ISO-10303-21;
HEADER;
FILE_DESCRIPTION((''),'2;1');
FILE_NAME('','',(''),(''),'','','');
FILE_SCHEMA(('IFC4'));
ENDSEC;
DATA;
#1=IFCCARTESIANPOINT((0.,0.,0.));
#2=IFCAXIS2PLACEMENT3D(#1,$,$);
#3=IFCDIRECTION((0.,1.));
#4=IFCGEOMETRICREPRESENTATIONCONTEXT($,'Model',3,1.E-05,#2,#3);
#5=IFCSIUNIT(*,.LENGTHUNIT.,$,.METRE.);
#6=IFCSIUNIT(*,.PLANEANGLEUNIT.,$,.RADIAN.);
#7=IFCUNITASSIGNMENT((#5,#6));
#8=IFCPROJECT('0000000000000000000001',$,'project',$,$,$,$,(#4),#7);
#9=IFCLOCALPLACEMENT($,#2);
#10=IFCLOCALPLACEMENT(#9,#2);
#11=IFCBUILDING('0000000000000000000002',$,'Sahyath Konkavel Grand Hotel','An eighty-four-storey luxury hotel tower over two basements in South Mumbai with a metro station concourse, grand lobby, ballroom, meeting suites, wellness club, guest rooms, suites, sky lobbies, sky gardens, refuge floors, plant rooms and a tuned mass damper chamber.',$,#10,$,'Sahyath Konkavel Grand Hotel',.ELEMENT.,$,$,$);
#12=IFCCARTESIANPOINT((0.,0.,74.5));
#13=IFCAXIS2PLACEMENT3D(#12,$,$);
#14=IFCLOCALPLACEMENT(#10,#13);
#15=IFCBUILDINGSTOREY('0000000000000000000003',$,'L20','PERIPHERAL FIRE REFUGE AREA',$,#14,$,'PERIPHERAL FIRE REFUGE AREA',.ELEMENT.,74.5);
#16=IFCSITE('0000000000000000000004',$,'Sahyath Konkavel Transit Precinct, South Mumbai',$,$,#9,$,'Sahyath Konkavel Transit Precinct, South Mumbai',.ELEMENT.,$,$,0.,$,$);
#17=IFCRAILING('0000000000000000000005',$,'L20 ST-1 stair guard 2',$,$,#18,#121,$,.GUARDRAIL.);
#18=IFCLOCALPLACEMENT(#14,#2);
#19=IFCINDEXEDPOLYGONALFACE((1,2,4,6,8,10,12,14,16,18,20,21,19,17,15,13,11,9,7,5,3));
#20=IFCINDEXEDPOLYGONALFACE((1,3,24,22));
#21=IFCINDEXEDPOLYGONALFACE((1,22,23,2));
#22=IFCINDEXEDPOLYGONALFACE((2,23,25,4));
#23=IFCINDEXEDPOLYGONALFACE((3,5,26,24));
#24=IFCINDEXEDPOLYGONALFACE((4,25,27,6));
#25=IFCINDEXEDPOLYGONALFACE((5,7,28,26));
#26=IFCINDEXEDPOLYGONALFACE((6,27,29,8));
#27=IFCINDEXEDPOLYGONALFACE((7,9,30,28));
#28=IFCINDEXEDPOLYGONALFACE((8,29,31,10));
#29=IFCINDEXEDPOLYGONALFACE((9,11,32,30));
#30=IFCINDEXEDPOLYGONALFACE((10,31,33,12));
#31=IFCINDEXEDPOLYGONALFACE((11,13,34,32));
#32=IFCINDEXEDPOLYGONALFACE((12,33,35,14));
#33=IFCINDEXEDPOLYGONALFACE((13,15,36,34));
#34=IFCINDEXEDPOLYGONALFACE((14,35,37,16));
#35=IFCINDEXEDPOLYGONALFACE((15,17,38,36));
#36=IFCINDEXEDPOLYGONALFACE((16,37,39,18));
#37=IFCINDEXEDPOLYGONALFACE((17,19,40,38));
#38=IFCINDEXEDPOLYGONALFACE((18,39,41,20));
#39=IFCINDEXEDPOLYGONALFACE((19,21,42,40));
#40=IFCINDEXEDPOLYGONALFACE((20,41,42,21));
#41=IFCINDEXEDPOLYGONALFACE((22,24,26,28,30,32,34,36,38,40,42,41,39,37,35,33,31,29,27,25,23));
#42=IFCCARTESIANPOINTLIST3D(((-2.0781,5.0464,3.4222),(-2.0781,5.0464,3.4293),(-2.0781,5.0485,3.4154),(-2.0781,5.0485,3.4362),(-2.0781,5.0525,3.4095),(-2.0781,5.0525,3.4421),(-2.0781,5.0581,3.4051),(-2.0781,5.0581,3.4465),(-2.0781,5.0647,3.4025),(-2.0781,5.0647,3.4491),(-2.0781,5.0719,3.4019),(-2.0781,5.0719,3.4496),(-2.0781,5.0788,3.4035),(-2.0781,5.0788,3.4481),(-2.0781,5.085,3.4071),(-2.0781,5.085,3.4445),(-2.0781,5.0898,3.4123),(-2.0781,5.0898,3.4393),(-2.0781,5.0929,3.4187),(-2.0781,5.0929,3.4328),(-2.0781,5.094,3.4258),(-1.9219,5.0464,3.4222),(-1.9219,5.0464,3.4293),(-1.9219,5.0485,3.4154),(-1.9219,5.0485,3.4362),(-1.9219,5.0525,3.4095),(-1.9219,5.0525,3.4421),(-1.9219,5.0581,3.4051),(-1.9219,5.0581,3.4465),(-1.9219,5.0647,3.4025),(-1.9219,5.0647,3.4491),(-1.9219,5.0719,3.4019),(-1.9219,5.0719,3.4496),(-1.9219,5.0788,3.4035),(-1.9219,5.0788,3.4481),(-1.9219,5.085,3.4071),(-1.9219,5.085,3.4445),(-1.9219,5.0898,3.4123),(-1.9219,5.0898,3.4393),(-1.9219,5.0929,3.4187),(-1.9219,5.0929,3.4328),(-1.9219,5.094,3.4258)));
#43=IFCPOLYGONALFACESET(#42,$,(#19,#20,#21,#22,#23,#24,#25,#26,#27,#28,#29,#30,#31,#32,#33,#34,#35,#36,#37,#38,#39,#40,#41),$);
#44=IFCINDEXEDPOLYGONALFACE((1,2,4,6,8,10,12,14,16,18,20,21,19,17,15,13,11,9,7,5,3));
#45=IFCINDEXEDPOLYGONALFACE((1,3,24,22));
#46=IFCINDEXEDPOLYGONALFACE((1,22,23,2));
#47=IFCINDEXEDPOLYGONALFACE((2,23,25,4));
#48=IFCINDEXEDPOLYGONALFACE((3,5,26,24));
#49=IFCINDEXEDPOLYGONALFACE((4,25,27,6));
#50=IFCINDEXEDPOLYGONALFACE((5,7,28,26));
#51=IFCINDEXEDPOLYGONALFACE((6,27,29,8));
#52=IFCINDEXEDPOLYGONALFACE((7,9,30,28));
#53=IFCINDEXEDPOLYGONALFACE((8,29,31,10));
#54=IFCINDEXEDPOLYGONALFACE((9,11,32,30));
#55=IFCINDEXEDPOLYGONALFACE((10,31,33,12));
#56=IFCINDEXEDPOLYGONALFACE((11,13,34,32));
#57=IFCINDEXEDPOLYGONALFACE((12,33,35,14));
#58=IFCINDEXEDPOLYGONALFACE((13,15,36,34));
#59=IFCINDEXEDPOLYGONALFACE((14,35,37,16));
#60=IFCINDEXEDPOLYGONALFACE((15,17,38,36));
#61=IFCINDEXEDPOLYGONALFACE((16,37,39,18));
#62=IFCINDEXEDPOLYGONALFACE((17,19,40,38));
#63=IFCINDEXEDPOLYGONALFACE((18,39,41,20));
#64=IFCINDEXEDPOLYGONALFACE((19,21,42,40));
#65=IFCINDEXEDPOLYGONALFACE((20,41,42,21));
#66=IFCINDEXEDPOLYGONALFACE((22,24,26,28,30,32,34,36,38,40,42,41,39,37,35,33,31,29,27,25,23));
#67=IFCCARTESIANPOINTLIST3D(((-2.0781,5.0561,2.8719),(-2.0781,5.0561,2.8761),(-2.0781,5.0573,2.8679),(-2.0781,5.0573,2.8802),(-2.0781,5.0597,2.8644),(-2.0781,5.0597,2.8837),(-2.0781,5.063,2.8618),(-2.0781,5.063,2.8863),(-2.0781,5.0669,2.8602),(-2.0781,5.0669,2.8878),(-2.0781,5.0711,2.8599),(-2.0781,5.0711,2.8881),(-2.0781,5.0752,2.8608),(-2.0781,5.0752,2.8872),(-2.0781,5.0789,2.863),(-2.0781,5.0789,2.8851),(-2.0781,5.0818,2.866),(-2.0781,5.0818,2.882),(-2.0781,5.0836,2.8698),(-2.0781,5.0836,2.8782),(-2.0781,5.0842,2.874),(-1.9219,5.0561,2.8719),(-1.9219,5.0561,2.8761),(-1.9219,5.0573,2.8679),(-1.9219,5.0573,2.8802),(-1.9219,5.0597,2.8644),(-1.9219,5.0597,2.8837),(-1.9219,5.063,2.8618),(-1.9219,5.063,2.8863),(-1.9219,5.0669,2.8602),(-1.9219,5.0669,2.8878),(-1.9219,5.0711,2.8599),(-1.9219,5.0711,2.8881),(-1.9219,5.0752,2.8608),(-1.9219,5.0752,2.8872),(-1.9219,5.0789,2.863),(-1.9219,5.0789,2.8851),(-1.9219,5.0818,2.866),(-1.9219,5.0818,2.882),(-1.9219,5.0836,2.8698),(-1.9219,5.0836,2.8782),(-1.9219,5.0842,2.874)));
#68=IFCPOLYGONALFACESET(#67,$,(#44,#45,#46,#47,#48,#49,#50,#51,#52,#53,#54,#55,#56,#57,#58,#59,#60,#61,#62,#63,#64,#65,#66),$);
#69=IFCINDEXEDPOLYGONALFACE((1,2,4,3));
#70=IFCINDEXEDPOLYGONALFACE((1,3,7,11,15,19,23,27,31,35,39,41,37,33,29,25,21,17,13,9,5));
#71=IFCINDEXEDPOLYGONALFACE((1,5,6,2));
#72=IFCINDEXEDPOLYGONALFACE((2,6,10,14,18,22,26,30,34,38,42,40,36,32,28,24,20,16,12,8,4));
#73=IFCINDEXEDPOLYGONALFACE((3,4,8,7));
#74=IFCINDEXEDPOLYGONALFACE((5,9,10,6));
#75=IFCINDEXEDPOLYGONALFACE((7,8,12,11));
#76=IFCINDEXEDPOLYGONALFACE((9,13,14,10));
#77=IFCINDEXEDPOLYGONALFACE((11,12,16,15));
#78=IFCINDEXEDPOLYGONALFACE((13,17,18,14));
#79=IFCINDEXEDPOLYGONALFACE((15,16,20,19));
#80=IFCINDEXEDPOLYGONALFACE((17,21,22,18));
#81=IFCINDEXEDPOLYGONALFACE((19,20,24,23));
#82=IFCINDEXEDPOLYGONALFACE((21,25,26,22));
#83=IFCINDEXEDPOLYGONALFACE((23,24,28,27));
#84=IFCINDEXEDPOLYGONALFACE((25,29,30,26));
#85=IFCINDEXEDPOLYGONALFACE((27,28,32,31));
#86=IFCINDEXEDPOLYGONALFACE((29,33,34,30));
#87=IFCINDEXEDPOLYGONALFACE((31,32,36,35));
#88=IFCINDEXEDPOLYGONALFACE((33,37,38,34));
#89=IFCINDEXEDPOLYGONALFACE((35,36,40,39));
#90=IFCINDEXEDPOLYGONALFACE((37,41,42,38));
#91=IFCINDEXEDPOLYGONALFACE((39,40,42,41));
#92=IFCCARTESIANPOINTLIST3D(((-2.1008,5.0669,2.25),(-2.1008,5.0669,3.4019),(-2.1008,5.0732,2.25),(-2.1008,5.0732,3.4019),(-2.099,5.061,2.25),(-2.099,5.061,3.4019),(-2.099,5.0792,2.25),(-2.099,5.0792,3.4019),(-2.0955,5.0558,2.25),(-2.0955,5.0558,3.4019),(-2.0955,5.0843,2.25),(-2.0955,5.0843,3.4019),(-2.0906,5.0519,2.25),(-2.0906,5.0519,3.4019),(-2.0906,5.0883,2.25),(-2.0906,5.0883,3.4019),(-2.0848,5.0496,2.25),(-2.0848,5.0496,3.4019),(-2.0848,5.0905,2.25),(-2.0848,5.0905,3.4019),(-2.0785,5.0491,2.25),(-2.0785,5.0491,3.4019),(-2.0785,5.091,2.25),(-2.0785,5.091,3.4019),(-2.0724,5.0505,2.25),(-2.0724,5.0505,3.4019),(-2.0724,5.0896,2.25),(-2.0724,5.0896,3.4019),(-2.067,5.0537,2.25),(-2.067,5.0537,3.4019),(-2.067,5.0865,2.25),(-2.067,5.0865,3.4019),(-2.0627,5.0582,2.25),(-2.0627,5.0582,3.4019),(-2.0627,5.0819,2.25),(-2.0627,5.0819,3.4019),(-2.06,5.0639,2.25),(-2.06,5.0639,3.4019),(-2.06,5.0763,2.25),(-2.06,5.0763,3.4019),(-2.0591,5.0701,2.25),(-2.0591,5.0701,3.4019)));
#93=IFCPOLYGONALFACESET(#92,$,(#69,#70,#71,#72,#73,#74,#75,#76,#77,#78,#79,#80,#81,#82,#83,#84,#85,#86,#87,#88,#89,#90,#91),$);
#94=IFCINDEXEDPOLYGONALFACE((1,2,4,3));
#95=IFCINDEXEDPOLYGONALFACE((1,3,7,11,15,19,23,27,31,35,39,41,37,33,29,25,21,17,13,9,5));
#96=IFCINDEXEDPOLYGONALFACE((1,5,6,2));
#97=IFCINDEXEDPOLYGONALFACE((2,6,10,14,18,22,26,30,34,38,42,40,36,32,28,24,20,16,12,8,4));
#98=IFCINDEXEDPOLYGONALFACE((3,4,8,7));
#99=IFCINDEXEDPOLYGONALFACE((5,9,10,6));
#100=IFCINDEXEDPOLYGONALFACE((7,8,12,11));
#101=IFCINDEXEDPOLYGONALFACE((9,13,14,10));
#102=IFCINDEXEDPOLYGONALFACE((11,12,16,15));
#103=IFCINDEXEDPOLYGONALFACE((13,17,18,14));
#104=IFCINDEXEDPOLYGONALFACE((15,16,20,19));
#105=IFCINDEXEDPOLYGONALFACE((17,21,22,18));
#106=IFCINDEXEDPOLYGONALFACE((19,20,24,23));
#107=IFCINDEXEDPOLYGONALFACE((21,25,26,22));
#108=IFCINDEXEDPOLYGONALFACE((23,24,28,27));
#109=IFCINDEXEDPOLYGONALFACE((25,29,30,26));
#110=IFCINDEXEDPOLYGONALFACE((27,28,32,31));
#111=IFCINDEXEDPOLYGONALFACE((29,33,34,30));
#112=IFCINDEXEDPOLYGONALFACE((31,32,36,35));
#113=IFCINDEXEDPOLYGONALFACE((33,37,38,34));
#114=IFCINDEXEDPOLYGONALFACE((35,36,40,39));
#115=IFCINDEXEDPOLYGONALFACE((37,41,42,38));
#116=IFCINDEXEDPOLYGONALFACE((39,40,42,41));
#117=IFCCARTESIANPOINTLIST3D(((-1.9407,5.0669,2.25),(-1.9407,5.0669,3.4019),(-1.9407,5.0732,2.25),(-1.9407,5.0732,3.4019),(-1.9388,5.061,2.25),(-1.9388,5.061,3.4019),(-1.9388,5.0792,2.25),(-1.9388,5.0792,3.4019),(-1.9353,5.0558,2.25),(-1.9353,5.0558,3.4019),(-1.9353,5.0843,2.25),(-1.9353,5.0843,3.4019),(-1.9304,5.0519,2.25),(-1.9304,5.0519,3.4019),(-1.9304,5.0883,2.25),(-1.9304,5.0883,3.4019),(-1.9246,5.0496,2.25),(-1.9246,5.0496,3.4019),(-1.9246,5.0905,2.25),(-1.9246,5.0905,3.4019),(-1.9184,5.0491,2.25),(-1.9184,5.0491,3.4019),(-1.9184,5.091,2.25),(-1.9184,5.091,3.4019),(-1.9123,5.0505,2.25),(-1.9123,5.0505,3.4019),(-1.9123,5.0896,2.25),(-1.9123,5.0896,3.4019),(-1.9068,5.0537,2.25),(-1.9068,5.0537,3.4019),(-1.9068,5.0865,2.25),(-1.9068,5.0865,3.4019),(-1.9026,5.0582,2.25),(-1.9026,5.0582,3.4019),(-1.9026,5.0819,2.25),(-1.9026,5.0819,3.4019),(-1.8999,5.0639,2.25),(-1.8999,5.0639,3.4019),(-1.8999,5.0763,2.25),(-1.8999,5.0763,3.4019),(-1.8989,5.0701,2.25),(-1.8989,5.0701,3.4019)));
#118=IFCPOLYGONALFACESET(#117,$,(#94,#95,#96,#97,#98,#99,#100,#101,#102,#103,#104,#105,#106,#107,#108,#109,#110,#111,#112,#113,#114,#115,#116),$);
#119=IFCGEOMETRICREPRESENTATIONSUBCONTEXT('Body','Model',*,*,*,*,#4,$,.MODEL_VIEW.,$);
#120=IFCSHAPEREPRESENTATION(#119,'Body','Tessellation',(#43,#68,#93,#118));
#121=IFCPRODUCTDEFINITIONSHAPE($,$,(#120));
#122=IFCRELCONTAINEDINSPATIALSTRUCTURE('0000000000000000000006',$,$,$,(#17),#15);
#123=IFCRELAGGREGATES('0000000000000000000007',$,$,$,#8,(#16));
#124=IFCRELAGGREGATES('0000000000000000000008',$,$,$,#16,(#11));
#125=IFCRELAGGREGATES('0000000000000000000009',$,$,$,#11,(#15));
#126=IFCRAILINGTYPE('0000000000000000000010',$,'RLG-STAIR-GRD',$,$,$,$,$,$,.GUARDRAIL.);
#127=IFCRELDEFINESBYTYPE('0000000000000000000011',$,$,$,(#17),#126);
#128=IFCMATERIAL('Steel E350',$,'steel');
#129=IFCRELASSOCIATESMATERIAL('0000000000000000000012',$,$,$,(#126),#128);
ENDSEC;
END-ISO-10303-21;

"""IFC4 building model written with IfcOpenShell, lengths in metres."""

from ifc_helpers import new_model, si_unit, direction, frame, origin, origin_2d, place, context, subcontext, project, spatial, circle, extrude, material, type_object, element, save


model = new_model("IFC4")

# Units and contexts
model_context = context("Model", 3, precision=1e-05, world=origin(), true_north=direction((0.0, 1.0)))
body_context = subcontext(model_context, "Body", "Model", "MODEL_VIEW")
ifc_project = project(units=[si_unit("LENGTHUNIT", "METRE"), si_unit("PLANEANGLEUNIT", "RADIAN")], contexts=[model_context])

# Site, building, storey
site_placement = place(None, origin())
site = spatial("IfcSite", under=ifc_project, at=site_placement, Name="Sahyath Konkavel Transit Precinct, South Mumbai", LongName="Sahyath Konkavel Transit Precinct, South Mumbai", CompositionType="ELEMENT", RefElevation=0.0)
building_placement = place(site_placement, origin())
building = spatial("IfcBuilding", under=site, at=building_placement, Name="Sahyath Konkavel Grand Hotel", Description="An eighty-four-storey luxury hotel tower over two basements in South Mumbai with a metro station concourse, grand lobby, ballroom, meeting suites, wellness club, guest rooms, suites, sky lobbies, sky gardens, refuge floors, plant rooms and a tuned mass damper chamber.", LongName="Sahyath Konkavel Grand Hotel", CompositionType="ELEMENT")
storey_placement = place(building_placement, frame((0.0, 0.0, 74.5)))
storey = spatial("IfcBuildingStorey", under=building, at=storey_placement, Name="L20", Description="PERIPHERAL FIRE REFUGE AREA", LongName="PERIPHERAL FIRE REFUGE AREA", CompositionType="ELEMENT", Elevation=74.5)

# Shared definitions
ifc_material_1 = material(Name="Steel E350", Category="steel")

# Railing
railing_type_1 = type_object("IfcRailingType", Name="RLG-STAIR-GRD", PredefinedType="GUARDRAIL", material=ifc_material_1)
railing_1_placement = place(storey_placement, frame((-2.0801, 5.0701, 2.25)))
element("IfcRailing", 1, at=railing_1_placement, inside=storey, type_object=railing_type_1, Name="L20 ST-1 stair guard 2", PredefinedType="GUARDRAIL", context=body_context, shape_type="SweptSolid", body=[
    extrude(circle(Radius=0.0239, at=origin_2d()), frame((0.002, 0.0, 1.1758), z_axis=(1.0, 0.0, 0.0), x_axis=(0.0, 1.0, 0.0)), (0.0, 0.0, 1.0), 0.1562),
    extrude(circle(Radius=0.0142, at=origin_2d()), frame((0.002, 0.0, 0.624), z_axis=(1.0, 0.0, 0.0), x_axis=(0.0, 1.0, 0.0)), (0.0, 0.0, 1.0), 0.1562),
    extrude(circle(Radius=0.021, at=origin_2d()), origin(), (0.0, 0.0, 1.0), 1.1519),
    extrude(circle(Radius=0.021, at=origin_2d()), frame((0.1602, 0.0, 0.0)), (0.0, 0.0, 1.0), 1.1519),
])

save(model, "model.ifc")
